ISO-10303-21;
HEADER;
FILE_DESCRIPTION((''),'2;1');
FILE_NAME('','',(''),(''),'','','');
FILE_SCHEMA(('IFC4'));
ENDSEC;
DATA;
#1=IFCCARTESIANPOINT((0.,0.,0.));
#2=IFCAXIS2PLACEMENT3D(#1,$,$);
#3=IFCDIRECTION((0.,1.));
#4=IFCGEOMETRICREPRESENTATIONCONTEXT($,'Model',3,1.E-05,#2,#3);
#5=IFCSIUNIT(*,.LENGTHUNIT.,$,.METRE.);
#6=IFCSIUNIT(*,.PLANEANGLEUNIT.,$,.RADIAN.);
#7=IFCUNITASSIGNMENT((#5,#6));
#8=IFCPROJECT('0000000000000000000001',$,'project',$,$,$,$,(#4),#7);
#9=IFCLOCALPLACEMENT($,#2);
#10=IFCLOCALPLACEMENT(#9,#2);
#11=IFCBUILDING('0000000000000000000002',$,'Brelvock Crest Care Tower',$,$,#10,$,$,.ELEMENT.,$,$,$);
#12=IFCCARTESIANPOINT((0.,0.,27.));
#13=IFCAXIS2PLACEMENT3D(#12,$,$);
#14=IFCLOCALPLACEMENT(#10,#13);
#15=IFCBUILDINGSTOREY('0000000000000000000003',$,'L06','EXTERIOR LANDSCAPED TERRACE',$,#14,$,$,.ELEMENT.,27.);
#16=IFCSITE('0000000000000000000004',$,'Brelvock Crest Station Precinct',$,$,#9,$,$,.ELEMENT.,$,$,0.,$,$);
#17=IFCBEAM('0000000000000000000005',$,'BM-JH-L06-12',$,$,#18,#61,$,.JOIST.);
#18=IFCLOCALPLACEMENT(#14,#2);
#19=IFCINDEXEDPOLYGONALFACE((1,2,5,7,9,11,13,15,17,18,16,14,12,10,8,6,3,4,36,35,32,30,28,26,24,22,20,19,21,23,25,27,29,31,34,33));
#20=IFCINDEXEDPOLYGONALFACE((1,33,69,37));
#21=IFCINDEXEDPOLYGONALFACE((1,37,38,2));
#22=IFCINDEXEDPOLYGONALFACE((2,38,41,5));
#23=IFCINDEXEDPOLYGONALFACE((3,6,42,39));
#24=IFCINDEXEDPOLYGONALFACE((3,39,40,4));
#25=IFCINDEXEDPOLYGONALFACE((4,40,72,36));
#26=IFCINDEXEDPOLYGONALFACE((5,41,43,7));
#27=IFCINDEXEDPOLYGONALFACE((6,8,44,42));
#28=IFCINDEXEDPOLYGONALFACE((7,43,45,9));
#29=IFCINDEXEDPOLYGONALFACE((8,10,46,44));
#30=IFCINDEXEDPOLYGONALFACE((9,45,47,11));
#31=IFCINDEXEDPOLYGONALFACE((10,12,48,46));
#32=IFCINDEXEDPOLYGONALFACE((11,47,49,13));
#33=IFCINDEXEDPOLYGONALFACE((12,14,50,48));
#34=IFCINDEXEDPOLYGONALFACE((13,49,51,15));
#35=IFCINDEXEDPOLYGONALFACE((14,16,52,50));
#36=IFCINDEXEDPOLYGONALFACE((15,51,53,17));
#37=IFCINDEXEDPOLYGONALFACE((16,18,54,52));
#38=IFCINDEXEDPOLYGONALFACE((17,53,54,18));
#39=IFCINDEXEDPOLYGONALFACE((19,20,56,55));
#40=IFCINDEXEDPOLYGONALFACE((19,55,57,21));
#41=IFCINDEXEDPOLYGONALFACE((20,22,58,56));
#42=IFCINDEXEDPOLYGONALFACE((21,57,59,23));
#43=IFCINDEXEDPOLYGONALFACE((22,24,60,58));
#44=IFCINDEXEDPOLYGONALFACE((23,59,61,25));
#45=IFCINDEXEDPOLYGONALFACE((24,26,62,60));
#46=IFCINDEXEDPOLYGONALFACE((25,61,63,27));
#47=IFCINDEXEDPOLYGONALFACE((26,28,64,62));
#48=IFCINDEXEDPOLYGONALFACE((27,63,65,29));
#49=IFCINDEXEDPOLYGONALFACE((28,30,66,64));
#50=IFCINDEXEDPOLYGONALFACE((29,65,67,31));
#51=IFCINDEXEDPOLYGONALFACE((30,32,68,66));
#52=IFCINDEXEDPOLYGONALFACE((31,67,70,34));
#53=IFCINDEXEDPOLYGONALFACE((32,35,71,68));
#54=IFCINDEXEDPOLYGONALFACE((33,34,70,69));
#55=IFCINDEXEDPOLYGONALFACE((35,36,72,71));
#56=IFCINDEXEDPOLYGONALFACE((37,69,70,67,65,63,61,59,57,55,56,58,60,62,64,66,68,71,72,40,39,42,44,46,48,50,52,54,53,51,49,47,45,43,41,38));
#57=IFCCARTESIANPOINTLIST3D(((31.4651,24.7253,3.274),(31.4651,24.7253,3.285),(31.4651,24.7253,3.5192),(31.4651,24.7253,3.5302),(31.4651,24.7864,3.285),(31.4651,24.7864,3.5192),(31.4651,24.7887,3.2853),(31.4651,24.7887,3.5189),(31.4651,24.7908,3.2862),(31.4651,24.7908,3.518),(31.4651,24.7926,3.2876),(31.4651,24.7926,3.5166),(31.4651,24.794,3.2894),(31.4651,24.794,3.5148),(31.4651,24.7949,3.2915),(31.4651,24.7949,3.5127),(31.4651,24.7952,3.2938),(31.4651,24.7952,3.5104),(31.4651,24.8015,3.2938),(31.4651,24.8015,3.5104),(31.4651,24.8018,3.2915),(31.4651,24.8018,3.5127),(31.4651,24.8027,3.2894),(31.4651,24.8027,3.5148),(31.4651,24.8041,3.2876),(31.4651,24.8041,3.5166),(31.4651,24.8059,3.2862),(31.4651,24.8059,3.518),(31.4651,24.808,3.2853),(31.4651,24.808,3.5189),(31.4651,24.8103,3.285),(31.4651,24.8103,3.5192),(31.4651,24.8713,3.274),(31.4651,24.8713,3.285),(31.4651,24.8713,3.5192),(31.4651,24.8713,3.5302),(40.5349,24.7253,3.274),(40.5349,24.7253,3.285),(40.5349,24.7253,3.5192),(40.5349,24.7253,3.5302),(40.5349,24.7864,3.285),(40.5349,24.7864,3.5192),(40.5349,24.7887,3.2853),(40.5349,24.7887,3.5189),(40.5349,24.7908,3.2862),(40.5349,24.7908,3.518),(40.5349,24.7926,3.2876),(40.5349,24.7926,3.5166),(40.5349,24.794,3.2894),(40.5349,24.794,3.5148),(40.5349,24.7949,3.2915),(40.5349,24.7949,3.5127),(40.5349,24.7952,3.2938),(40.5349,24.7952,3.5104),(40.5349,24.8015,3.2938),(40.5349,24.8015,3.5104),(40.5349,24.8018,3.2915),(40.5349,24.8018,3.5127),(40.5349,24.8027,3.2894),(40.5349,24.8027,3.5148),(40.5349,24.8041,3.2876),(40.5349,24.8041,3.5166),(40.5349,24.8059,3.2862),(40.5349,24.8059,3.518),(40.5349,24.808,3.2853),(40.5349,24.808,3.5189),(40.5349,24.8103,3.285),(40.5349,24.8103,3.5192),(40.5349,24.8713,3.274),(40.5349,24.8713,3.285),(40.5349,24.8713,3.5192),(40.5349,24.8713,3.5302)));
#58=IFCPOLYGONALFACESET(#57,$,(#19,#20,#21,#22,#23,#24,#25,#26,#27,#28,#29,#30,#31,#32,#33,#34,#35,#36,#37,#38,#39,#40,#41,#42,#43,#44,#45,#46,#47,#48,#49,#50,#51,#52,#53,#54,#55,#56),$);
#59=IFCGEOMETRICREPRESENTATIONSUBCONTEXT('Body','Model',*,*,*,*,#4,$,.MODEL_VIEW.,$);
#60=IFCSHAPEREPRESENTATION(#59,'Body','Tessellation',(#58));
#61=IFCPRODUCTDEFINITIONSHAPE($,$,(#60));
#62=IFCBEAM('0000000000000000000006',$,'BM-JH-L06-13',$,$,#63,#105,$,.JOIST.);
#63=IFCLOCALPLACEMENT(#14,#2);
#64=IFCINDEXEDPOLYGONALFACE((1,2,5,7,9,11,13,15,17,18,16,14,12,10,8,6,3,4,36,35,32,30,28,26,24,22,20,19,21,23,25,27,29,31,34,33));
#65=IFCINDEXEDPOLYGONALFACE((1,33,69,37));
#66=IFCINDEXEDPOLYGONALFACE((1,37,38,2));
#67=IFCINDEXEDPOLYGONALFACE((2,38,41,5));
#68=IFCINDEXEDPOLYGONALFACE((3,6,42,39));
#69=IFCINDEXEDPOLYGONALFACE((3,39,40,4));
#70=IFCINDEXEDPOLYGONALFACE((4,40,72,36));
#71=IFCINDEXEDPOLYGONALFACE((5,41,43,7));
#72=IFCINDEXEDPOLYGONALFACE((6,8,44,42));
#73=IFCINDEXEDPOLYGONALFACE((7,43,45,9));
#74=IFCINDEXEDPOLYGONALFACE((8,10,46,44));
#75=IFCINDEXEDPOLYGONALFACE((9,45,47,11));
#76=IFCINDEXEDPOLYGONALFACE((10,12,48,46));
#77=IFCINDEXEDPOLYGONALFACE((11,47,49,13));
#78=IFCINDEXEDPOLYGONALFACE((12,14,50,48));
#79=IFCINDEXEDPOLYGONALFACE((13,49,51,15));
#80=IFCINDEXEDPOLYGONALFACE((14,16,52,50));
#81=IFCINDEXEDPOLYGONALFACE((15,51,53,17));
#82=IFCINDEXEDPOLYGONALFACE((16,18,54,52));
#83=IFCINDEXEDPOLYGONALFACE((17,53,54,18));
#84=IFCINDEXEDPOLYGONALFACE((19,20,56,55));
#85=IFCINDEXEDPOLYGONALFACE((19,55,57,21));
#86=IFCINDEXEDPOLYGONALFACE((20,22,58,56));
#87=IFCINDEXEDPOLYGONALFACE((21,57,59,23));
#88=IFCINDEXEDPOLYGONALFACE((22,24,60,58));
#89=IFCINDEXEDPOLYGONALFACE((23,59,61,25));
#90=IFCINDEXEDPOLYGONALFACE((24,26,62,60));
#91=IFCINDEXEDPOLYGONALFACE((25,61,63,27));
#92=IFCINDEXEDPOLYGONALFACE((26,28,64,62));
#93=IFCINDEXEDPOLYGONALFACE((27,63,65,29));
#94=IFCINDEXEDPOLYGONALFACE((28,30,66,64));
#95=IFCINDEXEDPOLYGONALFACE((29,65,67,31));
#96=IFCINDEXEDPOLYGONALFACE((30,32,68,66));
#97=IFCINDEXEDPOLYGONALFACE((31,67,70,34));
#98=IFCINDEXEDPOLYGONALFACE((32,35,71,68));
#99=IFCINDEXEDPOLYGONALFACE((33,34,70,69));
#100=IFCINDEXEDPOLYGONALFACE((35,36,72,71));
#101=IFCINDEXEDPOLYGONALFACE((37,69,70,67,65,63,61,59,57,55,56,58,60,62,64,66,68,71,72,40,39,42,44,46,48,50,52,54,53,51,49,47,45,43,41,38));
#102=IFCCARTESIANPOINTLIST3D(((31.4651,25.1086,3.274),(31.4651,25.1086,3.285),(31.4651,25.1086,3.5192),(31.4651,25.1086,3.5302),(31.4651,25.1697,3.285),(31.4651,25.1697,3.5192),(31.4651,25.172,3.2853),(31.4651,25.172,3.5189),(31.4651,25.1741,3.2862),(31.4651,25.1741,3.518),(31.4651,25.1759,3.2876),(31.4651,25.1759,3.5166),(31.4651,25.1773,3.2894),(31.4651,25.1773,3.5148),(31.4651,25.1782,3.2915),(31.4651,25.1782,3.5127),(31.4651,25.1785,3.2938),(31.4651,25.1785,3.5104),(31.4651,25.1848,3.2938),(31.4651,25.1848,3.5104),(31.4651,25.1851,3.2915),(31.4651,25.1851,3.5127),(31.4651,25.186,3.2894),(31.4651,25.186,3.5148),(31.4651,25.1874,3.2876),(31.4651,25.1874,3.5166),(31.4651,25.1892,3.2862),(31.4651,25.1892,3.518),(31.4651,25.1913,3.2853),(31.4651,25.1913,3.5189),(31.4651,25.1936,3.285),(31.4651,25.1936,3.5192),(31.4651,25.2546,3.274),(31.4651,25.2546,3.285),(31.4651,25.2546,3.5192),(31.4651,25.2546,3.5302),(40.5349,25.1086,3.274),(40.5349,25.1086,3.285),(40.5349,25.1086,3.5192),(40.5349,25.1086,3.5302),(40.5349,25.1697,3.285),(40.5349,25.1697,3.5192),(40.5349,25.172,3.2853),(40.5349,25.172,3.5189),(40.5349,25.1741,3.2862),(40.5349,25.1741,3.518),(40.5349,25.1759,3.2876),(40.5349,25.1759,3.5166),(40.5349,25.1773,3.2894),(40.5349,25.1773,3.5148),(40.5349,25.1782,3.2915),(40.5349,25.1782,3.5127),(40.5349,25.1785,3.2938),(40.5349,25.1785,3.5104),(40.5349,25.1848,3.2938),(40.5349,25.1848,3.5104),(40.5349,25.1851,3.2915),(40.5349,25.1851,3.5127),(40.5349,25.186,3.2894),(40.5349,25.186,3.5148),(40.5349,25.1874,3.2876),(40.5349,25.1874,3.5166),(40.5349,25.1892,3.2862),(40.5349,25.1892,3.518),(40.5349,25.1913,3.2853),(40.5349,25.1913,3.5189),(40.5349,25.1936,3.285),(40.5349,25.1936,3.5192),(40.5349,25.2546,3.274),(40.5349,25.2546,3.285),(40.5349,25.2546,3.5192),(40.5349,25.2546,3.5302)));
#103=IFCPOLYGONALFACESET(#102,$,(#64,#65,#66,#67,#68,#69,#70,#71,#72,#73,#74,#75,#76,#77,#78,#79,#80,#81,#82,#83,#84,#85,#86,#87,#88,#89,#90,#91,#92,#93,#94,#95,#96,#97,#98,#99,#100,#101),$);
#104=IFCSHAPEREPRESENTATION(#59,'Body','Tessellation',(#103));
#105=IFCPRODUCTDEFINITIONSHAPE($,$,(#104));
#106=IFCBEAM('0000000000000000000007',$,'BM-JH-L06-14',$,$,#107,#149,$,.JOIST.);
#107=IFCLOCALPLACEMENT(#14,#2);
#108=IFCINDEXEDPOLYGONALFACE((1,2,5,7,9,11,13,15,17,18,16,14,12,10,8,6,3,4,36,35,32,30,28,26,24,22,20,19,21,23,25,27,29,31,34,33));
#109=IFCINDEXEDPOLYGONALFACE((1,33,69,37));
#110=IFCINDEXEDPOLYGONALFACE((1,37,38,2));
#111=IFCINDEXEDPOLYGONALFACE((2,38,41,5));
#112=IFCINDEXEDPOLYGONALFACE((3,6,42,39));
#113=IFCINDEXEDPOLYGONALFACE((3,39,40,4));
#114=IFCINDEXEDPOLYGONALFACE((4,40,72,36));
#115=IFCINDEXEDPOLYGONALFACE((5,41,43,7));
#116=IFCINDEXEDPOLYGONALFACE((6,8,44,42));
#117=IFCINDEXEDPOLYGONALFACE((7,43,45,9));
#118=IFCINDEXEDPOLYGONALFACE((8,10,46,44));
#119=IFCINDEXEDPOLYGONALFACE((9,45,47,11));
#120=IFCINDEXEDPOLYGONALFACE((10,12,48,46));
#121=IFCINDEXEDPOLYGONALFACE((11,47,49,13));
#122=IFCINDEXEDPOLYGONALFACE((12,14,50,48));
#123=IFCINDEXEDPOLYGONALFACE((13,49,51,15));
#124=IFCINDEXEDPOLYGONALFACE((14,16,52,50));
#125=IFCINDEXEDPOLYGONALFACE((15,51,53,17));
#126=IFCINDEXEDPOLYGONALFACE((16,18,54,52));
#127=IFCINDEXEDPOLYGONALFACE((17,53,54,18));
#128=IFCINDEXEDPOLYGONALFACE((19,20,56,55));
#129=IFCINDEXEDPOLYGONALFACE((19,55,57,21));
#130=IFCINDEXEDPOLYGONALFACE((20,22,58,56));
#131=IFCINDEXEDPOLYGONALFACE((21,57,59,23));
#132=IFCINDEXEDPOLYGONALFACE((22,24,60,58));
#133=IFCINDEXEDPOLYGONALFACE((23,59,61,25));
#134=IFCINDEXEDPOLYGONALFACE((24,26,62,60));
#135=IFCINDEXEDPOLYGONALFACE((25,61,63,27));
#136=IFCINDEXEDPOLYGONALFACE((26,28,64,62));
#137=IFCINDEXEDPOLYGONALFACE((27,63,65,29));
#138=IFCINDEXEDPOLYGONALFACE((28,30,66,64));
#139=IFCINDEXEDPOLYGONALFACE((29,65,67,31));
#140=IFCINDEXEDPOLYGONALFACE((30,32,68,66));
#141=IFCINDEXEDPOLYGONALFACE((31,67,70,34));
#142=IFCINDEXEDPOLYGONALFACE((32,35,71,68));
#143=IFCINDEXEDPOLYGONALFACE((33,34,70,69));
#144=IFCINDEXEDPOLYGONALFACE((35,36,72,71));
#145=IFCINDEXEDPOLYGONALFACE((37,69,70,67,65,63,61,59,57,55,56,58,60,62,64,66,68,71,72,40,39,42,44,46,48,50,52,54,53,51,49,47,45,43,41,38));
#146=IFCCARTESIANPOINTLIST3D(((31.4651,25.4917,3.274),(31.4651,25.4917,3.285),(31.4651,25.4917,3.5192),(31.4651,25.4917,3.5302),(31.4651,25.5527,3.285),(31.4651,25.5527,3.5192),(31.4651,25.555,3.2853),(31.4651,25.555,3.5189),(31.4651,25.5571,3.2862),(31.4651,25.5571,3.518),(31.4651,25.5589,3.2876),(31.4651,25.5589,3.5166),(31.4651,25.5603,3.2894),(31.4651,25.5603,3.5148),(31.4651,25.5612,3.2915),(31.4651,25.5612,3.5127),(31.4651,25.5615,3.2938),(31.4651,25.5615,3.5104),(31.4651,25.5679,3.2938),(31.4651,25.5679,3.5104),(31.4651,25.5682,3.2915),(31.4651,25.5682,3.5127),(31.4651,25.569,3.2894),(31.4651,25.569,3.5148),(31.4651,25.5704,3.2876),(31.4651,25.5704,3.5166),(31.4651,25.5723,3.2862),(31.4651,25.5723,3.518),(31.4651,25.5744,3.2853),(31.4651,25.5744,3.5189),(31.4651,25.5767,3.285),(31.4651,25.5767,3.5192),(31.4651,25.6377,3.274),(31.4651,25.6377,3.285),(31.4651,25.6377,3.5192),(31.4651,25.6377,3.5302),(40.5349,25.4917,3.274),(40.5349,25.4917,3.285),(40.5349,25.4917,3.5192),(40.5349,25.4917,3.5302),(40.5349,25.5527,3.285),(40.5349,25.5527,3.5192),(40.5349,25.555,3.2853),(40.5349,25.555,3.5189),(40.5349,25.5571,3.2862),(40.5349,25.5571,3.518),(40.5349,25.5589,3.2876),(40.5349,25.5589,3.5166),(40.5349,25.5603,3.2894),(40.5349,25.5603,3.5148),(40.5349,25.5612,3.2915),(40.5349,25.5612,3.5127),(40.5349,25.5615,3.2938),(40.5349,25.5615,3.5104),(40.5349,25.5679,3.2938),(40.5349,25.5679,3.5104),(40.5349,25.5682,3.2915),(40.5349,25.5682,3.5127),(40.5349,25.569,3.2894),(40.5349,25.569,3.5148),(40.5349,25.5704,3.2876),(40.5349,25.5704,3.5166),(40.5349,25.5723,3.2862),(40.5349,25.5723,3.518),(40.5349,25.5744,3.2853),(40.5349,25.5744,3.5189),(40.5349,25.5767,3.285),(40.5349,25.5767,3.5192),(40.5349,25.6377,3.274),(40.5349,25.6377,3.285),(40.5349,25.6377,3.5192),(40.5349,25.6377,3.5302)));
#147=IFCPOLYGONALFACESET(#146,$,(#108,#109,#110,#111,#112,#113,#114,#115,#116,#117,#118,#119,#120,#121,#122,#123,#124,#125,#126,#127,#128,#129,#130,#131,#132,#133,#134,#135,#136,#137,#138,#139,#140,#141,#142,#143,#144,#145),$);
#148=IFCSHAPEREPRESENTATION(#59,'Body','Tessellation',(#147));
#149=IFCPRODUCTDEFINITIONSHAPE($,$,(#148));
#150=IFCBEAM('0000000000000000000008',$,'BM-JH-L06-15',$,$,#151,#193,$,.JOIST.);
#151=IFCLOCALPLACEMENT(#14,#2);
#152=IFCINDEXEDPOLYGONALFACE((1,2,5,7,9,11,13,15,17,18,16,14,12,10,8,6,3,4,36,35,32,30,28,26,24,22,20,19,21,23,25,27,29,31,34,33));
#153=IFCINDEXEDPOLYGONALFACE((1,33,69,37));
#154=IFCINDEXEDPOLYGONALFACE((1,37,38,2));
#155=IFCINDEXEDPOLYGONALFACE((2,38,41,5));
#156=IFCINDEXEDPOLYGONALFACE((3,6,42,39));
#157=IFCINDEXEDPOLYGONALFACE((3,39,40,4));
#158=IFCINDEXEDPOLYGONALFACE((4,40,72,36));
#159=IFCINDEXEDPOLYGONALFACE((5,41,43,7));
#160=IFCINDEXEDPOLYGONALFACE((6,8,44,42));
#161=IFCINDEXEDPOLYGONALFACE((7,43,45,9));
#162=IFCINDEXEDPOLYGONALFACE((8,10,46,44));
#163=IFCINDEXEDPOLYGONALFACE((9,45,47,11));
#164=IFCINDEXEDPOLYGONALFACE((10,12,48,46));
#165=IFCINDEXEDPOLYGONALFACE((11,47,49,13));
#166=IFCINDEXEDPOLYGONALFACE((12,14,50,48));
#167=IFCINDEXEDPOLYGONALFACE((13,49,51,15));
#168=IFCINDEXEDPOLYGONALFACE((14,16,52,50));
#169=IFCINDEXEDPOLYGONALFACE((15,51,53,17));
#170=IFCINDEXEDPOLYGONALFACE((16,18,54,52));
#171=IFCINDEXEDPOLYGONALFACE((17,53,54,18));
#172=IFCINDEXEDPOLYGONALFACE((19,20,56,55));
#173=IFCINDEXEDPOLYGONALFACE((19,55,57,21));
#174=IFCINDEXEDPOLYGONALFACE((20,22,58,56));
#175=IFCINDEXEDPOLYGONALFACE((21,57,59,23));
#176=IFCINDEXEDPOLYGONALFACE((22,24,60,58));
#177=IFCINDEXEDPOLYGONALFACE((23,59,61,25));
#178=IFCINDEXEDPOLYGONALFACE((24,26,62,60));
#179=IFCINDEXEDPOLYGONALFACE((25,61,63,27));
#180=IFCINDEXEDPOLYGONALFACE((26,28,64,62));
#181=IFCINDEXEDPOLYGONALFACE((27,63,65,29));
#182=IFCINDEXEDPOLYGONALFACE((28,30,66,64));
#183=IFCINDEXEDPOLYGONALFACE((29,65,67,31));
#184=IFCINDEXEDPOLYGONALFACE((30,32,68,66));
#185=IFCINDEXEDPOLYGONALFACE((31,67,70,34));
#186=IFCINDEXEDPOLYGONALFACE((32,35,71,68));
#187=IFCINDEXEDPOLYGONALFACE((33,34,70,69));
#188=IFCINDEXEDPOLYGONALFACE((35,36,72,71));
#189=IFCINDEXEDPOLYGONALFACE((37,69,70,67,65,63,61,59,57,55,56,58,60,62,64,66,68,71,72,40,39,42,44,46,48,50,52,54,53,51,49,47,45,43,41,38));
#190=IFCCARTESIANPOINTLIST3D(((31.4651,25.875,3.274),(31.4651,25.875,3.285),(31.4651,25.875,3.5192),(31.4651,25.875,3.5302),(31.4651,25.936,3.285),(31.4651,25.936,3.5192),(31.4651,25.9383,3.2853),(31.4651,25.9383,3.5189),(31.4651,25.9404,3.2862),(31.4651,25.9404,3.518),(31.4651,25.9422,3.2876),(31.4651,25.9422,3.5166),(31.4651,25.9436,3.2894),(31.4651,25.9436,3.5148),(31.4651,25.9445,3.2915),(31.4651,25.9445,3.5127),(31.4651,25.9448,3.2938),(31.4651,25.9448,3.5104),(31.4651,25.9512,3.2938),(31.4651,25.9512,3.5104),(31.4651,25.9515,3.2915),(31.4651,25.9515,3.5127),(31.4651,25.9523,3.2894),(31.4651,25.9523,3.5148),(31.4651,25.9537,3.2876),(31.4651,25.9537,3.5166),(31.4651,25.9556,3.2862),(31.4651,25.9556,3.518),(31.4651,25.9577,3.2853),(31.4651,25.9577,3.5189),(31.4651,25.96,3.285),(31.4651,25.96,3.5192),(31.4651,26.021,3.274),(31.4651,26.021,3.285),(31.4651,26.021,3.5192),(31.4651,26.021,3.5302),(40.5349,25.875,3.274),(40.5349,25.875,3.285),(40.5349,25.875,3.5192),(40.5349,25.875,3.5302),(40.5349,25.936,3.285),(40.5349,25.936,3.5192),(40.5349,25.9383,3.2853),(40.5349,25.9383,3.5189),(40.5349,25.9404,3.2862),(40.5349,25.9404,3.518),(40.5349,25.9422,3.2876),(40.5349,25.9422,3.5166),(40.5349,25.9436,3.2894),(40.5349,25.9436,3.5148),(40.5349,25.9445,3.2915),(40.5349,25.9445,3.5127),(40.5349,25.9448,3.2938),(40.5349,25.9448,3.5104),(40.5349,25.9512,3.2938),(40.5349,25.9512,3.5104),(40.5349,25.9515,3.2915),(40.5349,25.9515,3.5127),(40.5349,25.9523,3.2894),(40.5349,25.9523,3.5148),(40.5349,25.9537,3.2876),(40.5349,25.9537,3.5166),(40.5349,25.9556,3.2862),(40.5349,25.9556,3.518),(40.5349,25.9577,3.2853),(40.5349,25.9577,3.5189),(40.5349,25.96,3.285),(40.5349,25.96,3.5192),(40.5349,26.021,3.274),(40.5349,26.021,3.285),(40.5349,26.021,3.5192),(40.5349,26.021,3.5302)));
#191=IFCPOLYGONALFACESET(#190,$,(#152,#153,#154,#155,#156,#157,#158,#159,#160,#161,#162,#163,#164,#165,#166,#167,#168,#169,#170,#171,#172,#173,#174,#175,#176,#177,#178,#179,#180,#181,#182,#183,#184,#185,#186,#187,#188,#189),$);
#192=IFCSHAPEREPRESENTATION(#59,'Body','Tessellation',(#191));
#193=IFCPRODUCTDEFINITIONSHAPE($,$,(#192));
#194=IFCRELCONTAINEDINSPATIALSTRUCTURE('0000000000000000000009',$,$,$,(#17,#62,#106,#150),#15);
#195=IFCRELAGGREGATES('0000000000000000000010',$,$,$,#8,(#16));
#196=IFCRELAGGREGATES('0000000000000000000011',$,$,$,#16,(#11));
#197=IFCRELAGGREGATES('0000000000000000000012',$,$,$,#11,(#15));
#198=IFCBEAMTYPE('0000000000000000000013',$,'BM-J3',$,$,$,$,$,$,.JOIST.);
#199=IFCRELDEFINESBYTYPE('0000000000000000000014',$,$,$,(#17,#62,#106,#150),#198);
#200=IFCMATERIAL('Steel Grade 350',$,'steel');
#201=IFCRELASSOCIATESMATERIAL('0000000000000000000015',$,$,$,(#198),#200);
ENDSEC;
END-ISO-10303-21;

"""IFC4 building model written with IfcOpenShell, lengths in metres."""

from ifc_helpers import new_model, si_unit, direction, frame, origin, origin_2d, place, context, subcontext, project, spatial, i_section, extrude, source, transform, mapped, material, material_profile, profile_set, type_object, element, save


model = new_model("IFC4")

# Units and contexts
model_context = context("Model", 3, precision=1e-05, world=origin(), true_north=direction((0.0, 1.0)))
body_context = subcontext(model_context, "Body", "Model", "MODEL_VIEW")
ifc_project = project(units=[si_unit("LENGTHUNIT", "METRE"), si_unit("PLANEANGLEUNIT", "RADIAN")], contexts=[model_context])

# Site, building, storey
site_placement = place(None, origin())
site = spatial("IfcSite", under=ifc_project, at=site_placement, Name="Brelvock Crest Station Precinct", CompositionType="ELEMENT", RefElevation=0.0)
building_placement = place(site_placement, origin())
building = spatial("IfcBuilding", under=site, at=building_placement, Name="Brelvock Crest Care Tower", CompositionType="ELEMENT")
storey_placement = place(building_placement, frame((0.0, 0.0, 27.0)))
storey = spatial("IfcBuildingStorey", under=building, at=storey_placement, Name="L06", Description="EXTERIOR LANDSCAPED TERRACE", CompositionType="ELEMENT", Elevation=27.0)

# Beams
ifc_material_1 = material(Name="Steel Grade 350", Category="steel")
ifc_material_profile = material_profile(ifc_material_1, i_section(OverallWidth=0.146, OverallDepth=0.2561, WebThickness=0.0063, FlangeThickness=0.011, FilletRadius=0.0088, at=origin_2d()), Name="250UB37.3")
ifc_profile_set = profile_set([ifc_material_profile], Name="Steel Grade 350")
beam_type = type_object("IfcBeamType", Name="BM-J3", PredefinedType="JOIST", material=ifc_profile_set)
shared_shape = source(origin(), body_context, "Body", "SweptSolid", [
    extrude(i_section(OverallWidth=0.146, OverallDepth=0.2561, WebThickness=0.0063, FlangeThickness=0.011, FilletRadius=0.0088, at=origin_2d()), origin(), (0.0, 0.0, 1.0), 9.0698),
])
for number, where, z_axis, x_axis, name in (
    (1, (31.4651, 24.7983, 3.4021), (1.0, 0.0, 0.0), (0.0, 1.0, 0.0), "BM-JH-L06-12"),
    (2, (31.4651, 25.1816, 3.4021), (1.0, 0.0, 0.0), (0.0, 1.0, 0.0), "BM-JH-L06-13"),
    (3, (31.4651, 25.5647, 3.4021), (1.0, 0.0, 0.0), (0.0, 1.0, 0.0), "BM-JH-L06-14"),
    (4, (31.4651, 25.948, 3.4021), (1.0, 0.0, 0.0), (0.0, 1.0, 0.0), "BM-JH-L06-15"),
):
    element("IfcBeam", number, at=place(storey_placement, frame(where, z_axis=z_axis, x_axis=x_axis)), inside=storey, type_object=beam_type, Name=name, PredefinedType="JOIST", context=body_context, shape_type="MappedRepresentation", body=[
        mapped(shared_shape, transform((0.0, 0.0, 0.0), x_axis=(1.0, 0.0, 0.0), y_axis=(0.0, 1.0, 0.0), z_axis=(0.0, 0.0, 1.0), scale=1.0)),
    ])

save(model, "model.ifc")
